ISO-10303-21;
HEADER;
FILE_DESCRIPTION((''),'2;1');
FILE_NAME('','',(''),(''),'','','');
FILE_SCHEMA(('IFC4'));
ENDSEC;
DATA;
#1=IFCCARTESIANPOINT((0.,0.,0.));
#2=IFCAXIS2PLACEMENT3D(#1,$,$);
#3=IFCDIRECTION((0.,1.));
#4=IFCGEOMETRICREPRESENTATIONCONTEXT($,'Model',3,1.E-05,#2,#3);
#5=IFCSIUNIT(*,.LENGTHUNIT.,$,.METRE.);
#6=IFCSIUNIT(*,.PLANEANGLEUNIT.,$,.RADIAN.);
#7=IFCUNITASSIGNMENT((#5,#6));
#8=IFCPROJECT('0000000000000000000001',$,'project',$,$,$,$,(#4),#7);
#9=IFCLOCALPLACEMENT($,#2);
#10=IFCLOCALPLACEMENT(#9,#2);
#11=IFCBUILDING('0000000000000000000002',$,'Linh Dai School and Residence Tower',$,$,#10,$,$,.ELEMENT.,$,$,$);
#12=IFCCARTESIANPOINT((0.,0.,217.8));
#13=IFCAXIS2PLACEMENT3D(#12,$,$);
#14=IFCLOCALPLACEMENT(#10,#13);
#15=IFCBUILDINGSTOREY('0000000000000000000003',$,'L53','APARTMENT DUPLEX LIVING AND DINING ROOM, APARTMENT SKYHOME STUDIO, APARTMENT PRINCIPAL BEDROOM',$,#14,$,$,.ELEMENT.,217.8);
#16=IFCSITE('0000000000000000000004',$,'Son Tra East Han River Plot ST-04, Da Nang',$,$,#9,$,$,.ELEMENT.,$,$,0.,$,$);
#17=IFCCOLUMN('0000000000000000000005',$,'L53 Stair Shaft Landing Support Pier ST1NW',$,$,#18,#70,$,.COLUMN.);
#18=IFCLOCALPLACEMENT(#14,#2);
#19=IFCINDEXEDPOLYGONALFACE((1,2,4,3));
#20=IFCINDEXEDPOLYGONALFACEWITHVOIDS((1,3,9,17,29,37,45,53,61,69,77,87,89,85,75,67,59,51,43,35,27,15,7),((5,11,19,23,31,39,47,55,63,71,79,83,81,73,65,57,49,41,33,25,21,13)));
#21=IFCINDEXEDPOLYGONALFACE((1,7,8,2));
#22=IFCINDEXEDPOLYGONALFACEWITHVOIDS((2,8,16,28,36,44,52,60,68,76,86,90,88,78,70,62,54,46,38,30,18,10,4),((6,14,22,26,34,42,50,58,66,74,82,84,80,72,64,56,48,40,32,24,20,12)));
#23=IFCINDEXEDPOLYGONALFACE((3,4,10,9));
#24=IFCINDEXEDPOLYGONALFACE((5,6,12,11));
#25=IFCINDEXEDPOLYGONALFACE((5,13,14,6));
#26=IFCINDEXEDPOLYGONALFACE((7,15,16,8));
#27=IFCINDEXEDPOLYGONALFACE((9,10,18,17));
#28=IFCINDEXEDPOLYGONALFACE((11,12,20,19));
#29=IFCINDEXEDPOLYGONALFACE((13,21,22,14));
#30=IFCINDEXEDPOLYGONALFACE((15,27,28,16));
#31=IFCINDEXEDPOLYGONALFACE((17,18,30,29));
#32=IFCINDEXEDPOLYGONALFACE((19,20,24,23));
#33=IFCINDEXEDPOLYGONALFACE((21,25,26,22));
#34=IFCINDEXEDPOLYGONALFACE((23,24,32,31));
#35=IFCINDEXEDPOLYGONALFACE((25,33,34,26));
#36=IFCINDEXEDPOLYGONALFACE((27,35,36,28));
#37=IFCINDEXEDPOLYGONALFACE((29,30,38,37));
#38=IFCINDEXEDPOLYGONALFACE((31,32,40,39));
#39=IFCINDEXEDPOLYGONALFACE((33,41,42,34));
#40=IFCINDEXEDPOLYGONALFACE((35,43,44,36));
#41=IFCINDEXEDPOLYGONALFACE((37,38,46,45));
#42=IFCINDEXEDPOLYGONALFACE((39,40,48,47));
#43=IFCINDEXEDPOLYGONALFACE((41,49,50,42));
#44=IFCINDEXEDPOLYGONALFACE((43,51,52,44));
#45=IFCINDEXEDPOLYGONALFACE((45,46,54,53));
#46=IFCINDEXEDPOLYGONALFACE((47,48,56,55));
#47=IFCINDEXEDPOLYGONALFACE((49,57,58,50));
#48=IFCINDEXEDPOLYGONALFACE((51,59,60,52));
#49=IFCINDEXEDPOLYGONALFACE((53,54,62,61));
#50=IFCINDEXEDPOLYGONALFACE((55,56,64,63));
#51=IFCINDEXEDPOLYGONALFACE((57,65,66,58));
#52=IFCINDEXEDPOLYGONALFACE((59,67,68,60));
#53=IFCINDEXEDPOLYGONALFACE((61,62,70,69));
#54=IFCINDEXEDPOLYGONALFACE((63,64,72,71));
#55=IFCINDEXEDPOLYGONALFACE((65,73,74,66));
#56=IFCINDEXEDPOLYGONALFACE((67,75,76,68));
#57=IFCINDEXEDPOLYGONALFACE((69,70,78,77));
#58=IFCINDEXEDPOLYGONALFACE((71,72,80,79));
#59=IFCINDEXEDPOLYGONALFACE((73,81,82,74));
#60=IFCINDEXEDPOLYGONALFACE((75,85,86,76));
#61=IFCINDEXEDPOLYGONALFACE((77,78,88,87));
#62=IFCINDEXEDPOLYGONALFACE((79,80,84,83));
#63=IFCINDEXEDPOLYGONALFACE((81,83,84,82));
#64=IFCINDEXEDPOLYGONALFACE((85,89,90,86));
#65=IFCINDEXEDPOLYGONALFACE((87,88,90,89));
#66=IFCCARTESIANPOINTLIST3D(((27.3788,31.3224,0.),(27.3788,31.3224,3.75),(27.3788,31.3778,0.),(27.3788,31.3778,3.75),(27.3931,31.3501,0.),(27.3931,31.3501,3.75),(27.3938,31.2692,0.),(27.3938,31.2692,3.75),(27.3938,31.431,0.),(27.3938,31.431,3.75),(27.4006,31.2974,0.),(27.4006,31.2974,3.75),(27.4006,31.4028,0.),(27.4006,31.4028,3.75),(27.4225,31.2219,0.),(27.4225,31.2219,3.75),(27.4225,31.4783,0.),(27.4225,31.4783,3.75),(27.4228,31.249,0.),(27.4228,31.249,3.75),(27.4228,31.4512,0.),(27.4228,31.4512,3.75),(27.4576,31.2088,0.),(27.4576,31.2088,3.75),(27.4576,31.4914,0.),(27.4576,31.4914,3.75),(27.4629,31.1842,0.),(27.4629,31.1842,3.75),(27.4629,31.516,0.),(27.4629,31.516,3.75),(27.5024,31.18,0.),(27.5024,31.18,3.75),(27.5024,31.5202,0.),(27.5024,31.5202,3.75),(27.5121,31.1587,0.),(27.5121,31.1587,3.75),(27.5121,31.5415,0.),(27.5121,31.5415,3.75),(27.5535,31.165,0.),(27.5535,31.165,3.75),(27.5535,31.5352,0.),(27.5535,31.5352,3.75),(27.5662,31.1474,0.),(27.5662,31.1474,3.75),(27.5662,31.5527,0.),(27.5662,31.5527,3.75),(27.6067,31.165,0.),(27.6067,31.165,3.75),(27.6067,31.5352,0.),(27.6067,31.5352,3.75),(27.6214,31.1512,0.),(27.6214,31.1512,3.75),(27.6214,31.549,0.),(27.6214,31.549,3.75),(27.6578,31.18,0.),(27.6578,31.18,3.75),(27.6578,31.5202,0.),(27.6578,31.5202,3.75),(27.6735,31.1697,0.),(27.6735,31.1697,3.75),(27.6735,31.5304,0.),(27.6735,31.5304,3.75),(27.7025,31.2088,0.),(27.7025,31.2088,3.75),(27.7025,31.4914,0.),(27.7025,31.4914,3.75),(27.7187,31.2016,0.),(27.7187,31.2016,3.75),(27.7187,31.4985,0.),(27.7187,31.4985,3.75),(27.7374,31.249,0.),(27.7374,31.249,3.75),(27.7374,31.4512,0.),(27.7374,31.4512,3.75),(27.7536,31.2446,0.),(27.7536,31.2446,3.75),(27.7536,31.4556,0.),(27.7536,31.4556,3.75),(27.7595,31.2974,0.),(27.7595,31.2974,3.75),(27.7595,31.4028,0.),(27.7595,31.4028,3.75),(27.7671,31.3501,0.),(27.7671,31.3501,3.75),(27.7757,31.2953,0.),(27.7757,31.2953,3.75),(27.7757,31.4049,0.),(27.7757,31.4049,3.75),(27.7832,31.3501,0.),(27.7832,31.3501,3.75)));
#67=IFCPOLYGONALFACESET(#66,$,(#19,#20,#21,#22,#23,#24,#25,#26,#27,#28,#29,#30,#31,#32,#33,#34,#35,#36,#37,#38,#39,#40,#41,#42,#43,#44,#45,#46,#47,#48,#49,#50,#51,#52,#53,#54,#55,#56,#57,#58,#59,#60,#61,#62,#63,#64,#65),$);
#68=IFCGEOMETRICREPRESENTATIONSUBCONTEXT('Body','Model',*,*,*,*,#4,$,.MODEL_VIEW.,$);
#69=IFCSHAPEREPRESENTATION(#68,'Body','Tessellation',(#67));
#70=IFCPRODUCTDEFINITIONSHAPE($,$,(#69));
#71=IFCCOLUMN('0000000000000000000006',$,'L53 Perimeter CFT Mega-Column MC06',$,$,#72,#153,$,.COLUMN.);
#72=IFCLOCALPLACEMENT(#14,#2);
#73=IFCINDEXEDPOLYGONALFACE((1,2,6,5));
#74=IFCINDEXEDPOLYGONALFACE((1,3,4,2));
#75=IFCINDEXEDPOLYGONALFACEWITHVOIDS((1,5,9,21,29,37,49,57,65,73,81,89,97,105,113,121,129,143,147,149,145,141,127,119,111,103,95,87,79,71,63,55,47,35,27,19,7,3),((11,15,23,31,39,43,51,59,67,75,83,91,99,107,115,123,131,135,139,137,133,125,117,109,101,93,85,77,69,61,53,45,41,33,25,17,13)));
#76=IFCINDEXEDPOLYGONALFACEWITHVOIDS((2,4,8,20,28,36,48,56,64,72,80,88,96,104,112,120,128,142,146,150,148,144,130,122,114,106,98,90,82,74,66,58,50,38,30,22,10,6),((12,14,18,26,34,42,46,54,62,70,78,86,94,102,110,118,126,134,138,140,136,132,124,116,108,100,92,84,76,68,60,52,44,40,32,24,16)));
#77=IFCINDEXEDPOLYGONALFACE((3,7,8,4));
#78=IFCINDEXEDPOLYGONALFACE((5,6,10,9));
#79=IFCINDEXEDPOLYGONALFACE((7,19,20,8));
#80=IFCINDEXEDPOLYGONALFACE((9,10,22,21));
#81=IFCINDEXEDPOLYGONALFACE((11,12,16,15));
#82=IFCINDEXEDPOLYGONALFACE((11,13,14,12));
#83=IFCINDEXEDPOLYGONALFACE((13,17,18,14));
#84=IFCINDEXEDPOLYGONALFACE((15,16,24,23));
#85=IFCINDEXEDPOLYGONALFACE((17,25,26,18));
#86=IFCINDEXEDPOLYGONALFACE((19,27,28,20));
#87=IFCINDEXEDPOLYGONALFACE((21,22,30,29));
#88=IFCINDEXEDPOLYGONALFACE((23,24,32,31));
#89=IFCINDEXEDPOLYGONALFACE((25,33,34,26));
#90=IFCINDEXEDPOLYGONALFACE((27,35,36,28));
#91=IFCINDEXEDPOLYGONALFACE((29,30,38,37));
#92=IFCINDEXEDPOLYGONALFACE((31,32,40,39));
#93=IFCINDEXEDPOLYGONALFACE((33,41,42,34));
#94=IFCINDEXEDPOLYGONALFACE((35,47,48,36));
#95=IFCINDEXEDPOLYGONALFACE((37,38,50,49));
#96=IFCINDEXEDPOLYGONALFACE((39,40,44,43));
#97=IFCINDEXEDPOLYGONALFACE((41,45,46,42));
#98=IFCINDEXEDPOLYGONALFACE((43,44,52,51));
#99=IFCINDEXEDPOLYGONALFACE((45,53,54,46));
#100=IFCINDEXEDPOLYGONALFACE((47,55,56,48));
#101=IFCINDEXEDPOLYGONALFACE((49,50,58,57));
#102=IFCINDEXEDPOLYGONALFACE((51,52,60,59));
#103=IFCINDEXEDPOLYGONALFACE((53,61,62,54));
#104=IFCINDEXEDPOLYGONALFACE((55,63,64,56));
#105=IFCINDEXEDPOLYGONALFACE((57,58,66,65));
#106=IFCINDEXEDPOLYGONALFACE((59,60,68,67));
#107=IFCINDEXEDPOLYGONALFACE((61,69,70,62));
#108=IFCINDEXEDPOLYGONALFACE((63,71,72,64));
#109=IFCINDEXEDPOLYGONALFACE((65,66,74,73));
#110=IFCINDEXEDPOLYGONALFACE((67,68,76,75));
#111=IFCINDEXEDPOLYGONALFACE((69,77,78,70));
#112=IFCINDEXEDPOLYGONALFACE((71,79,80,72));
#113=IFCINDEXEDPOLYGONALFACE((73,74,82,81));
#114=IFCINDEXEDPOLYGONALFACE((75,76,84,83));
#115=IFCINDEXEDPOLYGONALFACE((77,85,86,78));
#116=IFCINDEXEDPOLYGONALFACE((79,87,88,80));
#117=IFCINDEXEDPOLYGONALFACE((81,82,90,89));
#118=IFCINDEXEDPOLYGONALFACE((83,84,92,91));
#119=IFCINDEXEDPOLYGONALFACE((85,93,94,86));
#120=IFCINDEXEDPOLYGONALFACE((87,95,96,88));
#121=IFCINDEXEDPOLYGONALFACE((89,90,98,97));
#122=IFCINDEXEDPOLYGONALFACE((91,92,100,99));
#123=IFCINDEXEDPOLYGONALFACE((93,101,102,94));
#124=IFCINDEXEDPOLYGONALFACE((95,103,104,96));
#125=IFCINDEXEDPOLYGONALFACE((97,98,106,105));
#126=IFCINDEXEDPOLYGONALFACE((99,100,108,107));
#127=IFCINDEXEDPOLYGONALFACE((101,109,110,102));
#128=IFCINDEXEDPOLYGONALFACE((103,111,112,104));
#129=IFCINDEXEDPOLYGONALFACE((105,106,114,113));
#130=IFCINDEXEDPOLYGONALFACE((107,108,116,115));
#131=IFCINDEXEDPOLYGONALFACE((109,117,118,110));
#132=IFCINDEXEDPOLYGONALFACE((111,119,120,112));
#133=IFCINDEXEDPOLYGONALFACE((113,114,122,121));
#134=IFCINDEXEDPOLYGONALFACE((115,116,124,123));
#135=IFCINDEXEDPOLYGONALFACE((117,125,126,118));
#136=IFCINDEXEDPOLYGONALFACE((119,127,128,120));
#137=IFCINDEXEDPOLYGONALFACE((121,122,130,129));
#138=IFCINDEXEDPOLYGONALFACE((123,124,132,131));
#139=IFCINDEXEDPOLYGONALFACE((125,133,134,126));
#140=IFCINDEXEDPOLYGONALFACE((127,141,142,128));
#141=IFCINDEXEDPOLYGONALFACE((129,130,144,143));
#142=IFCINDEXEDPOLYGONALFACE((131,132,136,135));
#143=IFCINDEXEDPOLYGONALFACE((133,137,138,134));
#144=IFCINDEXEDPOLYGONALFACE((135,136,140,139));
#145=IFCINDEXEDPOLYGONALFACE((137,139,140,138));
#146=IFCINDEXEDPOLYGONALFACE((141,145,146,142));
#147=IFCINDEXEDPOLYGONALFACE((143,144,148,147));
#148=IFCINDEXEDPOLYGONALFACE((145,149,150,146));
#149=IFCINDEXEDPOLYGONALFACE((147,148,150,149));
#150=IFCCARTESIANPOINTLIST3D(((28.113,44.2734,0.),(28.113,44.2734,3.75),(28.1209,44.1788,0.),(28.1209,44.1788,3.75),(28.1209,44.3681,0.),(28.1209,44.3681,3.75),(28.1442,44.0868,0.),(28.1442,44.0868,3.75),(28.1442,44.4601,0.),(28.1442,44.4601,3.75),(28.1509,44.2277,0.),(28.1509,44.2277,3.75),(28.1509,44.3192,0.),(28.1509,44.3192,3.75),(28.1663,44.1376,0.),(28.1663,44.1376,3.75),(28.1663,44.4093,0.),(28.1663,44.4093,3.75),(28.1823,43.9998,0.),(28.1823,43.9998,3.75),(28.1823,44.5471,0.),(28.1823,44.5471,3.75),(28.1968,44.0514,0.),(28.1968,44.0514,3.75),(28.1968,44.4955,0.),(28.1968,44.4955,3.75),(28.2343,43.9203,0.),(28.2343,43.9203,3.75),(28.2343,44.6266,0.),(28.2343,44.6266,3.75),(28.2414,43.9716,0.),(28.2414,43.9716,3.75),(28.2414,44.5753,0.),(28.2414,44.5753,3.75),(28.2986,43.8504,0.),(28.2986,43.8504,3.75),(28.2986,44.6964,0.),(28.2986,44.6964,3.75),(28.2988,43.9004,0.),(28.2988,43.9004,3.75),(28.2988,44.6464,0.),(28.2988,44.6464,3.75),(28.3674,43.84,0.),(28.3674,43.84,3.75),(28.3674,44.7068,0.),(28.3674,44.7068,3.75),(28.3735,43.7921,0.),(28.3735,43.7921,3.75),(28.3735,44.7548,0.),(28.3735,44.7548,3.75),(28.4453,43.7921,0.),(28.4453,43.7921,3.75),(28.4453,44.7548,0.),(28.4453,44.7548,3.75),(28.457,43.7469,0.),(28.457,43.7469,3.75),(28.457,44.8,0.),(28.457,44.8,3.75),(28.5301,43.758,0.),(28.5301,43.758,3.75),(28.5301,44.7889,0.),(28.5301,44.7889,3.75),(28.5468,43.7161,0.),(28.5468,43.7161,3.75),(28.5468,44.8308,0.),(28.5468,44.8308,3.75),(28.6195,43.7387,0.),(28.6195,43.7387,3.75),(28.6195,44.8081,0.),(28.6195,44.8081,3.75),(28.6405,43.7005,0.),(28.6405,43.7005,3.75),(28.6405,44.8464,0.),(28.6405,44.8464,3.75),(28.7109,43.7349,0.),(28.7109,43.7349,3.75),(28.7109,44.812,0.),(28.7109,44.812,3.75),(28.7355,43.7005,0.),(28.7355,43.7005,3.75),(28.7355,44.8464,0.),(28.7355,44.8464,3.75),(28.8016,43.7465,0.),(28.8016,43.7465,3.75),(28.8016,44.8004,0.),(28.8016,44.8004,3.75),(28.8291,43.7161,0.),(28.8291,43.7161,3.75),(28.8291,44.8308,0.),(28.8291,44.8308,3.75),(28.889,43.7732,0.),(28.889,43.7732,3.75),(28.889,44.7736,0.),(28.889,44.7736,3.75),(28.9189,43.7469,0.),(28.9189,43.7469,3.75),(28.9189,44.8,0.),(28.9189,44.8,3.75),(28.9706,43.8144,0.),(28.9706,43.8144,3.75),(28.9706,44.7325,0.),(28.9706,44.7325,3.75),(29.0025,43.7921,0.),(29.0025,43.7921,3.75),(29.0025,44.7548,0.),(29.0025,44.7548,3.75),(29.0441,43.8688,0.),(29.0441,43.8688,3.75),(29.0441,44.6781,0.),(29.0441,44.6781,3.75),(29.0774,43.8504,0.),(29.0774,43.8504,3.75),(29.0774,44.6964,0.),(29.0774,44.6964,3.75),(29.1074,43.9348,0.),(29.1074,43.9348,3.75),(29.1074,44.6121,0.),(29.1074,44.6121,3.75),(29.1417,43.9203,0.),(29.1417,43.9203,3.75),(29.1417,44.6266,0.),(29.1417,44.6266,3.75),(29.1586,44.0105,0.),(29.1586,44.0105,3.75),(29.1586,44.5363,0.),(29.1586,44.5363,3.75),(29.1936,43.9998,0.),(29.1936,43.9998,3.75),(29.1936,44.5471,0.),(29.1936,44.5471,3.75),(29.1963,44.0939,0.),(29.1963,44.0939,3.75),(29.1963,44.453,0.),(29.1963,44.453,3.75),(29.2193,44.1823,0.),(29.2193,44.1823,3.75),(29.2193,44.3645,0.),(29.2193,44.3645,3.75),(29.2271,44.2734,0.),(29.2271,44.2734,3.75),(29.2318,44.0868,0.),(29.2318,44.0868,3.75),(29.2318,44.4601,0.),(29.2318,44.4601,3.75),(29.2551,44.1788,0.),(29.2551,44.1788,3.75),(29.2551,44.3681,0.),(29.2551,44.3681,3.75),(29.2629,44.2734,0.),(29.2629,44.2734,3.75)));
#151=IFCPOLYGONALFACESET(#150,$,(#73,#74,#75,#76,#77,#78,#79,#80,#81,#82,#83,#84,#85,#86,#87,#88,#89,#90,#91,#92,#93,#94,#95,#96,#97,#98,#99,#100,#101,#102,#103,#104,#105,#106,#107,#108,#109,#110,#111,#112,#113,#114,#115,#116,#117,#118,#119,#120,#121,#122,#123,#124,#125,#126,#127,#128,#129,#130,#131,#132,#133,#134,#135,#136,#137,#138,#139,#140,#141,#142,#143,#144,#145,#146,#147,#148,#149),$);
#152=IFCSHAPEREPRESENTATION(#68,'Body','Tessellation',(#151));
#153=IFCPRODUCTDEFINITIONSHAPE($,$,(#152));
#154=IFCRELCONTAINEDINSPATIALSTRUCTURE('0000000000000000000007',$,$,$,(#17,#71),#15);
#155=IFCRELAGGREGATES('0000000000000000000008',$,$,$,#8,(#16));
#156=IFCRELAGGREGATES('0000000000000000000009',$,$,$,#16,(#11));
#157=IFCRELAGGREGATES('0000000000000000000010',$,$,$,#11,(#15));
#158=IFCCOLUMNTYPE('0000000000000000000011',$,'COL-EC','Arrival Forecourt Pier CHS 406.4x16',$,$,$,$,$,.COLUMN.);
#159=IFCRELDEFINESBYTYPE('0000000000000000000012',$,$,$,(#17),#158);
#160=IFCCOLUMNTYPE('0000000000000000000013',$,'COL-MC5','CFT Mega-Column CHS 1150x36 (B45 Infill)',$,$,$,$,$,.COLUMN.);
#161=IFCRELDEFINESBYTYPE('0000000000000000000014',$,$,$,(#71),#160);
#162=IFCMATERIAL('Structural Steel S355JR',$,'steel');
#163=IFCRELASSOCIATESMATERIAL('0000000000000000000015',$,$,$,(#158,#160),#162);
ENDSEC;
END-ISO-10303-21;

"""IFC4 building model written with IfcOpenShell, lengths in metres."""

from ifc_helpers import new_model, si_unit, direction, frame, origin, origin_2d, place, context, subcontext, project, spatial, hollow_circle, extrude, material, material_profile, profile_set, type_object, element, save


model = new_model("IFC4")

# Units and contexts
model_context = context("Model", 3, precision=1e-05, world=origin(), true_north=direction((0.0, 1.0)))
body_context = subcontext(model_context, "Body", "Model", "MODEL_VIEW")
ifc_project = project(units=[si_unit("LENGTHUNIT", "METRE"), si_unit("PLANEANGLEUNIT", "RADIAN")], contexts=[model_context])

# Site, building, storey
site_placement = place(None, origin())
site = spatial("IfcSite", under=ifc_project, at=site_placement, Name="Son Tra East Han River Plot ST-04, Da Nang", CompositionType="ELEMENT", RefElevation=0.0)
building_placement = place(site_placement, origin())
building = spatial("IfcBuilding", under=site, at=building_placement, Name="Linh Dai School and Residence Tower", CompositionType="ELEMENT")
storey_placement = place(building_placement, frame((0.0, 0.0, 217.8)))
storey = spatial("IfcBuildingStorey", under=building, at=storey_placement, Name="L53", Description="APARTMENT DUPLEX LIVING AND DINING ROOM, APARTMENT SKYHOME STUDIO, APARTMENT PRINCIPAL BEDROOM", CompositionType="ELEMENT", Elevation=217.8)

# Columns
ifc_material_1 = material(Name="Structural Steel S355JR", Category="steel")
ifc_material_profile_1 = material_profile(ifc_material_1, hollow_circle(Radius=0.2031, WallThickness=0.0161, at=origin_2d()), Name="CHS 406.4x16")
ifc_profile_set_1 = profile_set([ifc_material_profile_1], Name="Structural Steel S355JR")
column_type_1 = type_object("IfcColumnType", Name="COL-EC", Description="Arrival Forecourt Pier CHS 406.4x16", PredefinedType="COLUMN", material=ifc_profile_set_1)
column_1_placement = place(storey_placement, frame((27.5801, 31.3501, 0.0), z_axis=(0.0, 0.0, 1.0), x_axis=(1.0, 0.0, 0.0)))
element("IfcColumn", 1, at=column_1_placement, inside=storey, type_object=column_type_1, Name="L53 Stair Shaft Landing Support Pier ST1NW", PredefinedType="COLUMN", context=body_context, shape_type="SweptSolid", body=[
    extrude(hollow_circle(Radius=0.2031, WallThickness=0.0161, at=origin_2d()), origin(), (0.0, 0.0, 1.0), 3.75),
])
ifc_material_profile_2 = material_profile(ifc_material_1, hollow_circle(Radius=0.575, WallThickness=0.0359, at=origin_2d()), Name="CHS 1150x36")
ifc_profile_set_2 = profile_set([ifc_material_profile_2], Name="Structural Steel S355JR")
column_type_2 = type_object("IfcColumnType", Name="COL-MC5", Description="CFT Mega-Column CHS 1150x36 (B45 Infill)", PredefinedType="COLUMN", material=ifc_profile_set_2)
column_2_placement = place(storey_placement, frame((28.688, 44.2734, 0.0), z_axis=(0.0, 0.0, 1.0), x_axis=(1.0, 0.0, 0.0)))
element("IfcColumn", 2, at=column_2_placement, inside=storey, type_object=column_type_2, Name="L53 Perimeter CFT Mega-Column MC06", PredefinedType="COLUMN", context=body_context, shape_type="SweptSolid", body=[
    extrude(hollow_circle(Radius=0.575, WallThickness=0.0359, at=origin_2d()), origin(), (0.0, 0.0, 1.0), 3.75),
])

save(model, "model.ifc")
